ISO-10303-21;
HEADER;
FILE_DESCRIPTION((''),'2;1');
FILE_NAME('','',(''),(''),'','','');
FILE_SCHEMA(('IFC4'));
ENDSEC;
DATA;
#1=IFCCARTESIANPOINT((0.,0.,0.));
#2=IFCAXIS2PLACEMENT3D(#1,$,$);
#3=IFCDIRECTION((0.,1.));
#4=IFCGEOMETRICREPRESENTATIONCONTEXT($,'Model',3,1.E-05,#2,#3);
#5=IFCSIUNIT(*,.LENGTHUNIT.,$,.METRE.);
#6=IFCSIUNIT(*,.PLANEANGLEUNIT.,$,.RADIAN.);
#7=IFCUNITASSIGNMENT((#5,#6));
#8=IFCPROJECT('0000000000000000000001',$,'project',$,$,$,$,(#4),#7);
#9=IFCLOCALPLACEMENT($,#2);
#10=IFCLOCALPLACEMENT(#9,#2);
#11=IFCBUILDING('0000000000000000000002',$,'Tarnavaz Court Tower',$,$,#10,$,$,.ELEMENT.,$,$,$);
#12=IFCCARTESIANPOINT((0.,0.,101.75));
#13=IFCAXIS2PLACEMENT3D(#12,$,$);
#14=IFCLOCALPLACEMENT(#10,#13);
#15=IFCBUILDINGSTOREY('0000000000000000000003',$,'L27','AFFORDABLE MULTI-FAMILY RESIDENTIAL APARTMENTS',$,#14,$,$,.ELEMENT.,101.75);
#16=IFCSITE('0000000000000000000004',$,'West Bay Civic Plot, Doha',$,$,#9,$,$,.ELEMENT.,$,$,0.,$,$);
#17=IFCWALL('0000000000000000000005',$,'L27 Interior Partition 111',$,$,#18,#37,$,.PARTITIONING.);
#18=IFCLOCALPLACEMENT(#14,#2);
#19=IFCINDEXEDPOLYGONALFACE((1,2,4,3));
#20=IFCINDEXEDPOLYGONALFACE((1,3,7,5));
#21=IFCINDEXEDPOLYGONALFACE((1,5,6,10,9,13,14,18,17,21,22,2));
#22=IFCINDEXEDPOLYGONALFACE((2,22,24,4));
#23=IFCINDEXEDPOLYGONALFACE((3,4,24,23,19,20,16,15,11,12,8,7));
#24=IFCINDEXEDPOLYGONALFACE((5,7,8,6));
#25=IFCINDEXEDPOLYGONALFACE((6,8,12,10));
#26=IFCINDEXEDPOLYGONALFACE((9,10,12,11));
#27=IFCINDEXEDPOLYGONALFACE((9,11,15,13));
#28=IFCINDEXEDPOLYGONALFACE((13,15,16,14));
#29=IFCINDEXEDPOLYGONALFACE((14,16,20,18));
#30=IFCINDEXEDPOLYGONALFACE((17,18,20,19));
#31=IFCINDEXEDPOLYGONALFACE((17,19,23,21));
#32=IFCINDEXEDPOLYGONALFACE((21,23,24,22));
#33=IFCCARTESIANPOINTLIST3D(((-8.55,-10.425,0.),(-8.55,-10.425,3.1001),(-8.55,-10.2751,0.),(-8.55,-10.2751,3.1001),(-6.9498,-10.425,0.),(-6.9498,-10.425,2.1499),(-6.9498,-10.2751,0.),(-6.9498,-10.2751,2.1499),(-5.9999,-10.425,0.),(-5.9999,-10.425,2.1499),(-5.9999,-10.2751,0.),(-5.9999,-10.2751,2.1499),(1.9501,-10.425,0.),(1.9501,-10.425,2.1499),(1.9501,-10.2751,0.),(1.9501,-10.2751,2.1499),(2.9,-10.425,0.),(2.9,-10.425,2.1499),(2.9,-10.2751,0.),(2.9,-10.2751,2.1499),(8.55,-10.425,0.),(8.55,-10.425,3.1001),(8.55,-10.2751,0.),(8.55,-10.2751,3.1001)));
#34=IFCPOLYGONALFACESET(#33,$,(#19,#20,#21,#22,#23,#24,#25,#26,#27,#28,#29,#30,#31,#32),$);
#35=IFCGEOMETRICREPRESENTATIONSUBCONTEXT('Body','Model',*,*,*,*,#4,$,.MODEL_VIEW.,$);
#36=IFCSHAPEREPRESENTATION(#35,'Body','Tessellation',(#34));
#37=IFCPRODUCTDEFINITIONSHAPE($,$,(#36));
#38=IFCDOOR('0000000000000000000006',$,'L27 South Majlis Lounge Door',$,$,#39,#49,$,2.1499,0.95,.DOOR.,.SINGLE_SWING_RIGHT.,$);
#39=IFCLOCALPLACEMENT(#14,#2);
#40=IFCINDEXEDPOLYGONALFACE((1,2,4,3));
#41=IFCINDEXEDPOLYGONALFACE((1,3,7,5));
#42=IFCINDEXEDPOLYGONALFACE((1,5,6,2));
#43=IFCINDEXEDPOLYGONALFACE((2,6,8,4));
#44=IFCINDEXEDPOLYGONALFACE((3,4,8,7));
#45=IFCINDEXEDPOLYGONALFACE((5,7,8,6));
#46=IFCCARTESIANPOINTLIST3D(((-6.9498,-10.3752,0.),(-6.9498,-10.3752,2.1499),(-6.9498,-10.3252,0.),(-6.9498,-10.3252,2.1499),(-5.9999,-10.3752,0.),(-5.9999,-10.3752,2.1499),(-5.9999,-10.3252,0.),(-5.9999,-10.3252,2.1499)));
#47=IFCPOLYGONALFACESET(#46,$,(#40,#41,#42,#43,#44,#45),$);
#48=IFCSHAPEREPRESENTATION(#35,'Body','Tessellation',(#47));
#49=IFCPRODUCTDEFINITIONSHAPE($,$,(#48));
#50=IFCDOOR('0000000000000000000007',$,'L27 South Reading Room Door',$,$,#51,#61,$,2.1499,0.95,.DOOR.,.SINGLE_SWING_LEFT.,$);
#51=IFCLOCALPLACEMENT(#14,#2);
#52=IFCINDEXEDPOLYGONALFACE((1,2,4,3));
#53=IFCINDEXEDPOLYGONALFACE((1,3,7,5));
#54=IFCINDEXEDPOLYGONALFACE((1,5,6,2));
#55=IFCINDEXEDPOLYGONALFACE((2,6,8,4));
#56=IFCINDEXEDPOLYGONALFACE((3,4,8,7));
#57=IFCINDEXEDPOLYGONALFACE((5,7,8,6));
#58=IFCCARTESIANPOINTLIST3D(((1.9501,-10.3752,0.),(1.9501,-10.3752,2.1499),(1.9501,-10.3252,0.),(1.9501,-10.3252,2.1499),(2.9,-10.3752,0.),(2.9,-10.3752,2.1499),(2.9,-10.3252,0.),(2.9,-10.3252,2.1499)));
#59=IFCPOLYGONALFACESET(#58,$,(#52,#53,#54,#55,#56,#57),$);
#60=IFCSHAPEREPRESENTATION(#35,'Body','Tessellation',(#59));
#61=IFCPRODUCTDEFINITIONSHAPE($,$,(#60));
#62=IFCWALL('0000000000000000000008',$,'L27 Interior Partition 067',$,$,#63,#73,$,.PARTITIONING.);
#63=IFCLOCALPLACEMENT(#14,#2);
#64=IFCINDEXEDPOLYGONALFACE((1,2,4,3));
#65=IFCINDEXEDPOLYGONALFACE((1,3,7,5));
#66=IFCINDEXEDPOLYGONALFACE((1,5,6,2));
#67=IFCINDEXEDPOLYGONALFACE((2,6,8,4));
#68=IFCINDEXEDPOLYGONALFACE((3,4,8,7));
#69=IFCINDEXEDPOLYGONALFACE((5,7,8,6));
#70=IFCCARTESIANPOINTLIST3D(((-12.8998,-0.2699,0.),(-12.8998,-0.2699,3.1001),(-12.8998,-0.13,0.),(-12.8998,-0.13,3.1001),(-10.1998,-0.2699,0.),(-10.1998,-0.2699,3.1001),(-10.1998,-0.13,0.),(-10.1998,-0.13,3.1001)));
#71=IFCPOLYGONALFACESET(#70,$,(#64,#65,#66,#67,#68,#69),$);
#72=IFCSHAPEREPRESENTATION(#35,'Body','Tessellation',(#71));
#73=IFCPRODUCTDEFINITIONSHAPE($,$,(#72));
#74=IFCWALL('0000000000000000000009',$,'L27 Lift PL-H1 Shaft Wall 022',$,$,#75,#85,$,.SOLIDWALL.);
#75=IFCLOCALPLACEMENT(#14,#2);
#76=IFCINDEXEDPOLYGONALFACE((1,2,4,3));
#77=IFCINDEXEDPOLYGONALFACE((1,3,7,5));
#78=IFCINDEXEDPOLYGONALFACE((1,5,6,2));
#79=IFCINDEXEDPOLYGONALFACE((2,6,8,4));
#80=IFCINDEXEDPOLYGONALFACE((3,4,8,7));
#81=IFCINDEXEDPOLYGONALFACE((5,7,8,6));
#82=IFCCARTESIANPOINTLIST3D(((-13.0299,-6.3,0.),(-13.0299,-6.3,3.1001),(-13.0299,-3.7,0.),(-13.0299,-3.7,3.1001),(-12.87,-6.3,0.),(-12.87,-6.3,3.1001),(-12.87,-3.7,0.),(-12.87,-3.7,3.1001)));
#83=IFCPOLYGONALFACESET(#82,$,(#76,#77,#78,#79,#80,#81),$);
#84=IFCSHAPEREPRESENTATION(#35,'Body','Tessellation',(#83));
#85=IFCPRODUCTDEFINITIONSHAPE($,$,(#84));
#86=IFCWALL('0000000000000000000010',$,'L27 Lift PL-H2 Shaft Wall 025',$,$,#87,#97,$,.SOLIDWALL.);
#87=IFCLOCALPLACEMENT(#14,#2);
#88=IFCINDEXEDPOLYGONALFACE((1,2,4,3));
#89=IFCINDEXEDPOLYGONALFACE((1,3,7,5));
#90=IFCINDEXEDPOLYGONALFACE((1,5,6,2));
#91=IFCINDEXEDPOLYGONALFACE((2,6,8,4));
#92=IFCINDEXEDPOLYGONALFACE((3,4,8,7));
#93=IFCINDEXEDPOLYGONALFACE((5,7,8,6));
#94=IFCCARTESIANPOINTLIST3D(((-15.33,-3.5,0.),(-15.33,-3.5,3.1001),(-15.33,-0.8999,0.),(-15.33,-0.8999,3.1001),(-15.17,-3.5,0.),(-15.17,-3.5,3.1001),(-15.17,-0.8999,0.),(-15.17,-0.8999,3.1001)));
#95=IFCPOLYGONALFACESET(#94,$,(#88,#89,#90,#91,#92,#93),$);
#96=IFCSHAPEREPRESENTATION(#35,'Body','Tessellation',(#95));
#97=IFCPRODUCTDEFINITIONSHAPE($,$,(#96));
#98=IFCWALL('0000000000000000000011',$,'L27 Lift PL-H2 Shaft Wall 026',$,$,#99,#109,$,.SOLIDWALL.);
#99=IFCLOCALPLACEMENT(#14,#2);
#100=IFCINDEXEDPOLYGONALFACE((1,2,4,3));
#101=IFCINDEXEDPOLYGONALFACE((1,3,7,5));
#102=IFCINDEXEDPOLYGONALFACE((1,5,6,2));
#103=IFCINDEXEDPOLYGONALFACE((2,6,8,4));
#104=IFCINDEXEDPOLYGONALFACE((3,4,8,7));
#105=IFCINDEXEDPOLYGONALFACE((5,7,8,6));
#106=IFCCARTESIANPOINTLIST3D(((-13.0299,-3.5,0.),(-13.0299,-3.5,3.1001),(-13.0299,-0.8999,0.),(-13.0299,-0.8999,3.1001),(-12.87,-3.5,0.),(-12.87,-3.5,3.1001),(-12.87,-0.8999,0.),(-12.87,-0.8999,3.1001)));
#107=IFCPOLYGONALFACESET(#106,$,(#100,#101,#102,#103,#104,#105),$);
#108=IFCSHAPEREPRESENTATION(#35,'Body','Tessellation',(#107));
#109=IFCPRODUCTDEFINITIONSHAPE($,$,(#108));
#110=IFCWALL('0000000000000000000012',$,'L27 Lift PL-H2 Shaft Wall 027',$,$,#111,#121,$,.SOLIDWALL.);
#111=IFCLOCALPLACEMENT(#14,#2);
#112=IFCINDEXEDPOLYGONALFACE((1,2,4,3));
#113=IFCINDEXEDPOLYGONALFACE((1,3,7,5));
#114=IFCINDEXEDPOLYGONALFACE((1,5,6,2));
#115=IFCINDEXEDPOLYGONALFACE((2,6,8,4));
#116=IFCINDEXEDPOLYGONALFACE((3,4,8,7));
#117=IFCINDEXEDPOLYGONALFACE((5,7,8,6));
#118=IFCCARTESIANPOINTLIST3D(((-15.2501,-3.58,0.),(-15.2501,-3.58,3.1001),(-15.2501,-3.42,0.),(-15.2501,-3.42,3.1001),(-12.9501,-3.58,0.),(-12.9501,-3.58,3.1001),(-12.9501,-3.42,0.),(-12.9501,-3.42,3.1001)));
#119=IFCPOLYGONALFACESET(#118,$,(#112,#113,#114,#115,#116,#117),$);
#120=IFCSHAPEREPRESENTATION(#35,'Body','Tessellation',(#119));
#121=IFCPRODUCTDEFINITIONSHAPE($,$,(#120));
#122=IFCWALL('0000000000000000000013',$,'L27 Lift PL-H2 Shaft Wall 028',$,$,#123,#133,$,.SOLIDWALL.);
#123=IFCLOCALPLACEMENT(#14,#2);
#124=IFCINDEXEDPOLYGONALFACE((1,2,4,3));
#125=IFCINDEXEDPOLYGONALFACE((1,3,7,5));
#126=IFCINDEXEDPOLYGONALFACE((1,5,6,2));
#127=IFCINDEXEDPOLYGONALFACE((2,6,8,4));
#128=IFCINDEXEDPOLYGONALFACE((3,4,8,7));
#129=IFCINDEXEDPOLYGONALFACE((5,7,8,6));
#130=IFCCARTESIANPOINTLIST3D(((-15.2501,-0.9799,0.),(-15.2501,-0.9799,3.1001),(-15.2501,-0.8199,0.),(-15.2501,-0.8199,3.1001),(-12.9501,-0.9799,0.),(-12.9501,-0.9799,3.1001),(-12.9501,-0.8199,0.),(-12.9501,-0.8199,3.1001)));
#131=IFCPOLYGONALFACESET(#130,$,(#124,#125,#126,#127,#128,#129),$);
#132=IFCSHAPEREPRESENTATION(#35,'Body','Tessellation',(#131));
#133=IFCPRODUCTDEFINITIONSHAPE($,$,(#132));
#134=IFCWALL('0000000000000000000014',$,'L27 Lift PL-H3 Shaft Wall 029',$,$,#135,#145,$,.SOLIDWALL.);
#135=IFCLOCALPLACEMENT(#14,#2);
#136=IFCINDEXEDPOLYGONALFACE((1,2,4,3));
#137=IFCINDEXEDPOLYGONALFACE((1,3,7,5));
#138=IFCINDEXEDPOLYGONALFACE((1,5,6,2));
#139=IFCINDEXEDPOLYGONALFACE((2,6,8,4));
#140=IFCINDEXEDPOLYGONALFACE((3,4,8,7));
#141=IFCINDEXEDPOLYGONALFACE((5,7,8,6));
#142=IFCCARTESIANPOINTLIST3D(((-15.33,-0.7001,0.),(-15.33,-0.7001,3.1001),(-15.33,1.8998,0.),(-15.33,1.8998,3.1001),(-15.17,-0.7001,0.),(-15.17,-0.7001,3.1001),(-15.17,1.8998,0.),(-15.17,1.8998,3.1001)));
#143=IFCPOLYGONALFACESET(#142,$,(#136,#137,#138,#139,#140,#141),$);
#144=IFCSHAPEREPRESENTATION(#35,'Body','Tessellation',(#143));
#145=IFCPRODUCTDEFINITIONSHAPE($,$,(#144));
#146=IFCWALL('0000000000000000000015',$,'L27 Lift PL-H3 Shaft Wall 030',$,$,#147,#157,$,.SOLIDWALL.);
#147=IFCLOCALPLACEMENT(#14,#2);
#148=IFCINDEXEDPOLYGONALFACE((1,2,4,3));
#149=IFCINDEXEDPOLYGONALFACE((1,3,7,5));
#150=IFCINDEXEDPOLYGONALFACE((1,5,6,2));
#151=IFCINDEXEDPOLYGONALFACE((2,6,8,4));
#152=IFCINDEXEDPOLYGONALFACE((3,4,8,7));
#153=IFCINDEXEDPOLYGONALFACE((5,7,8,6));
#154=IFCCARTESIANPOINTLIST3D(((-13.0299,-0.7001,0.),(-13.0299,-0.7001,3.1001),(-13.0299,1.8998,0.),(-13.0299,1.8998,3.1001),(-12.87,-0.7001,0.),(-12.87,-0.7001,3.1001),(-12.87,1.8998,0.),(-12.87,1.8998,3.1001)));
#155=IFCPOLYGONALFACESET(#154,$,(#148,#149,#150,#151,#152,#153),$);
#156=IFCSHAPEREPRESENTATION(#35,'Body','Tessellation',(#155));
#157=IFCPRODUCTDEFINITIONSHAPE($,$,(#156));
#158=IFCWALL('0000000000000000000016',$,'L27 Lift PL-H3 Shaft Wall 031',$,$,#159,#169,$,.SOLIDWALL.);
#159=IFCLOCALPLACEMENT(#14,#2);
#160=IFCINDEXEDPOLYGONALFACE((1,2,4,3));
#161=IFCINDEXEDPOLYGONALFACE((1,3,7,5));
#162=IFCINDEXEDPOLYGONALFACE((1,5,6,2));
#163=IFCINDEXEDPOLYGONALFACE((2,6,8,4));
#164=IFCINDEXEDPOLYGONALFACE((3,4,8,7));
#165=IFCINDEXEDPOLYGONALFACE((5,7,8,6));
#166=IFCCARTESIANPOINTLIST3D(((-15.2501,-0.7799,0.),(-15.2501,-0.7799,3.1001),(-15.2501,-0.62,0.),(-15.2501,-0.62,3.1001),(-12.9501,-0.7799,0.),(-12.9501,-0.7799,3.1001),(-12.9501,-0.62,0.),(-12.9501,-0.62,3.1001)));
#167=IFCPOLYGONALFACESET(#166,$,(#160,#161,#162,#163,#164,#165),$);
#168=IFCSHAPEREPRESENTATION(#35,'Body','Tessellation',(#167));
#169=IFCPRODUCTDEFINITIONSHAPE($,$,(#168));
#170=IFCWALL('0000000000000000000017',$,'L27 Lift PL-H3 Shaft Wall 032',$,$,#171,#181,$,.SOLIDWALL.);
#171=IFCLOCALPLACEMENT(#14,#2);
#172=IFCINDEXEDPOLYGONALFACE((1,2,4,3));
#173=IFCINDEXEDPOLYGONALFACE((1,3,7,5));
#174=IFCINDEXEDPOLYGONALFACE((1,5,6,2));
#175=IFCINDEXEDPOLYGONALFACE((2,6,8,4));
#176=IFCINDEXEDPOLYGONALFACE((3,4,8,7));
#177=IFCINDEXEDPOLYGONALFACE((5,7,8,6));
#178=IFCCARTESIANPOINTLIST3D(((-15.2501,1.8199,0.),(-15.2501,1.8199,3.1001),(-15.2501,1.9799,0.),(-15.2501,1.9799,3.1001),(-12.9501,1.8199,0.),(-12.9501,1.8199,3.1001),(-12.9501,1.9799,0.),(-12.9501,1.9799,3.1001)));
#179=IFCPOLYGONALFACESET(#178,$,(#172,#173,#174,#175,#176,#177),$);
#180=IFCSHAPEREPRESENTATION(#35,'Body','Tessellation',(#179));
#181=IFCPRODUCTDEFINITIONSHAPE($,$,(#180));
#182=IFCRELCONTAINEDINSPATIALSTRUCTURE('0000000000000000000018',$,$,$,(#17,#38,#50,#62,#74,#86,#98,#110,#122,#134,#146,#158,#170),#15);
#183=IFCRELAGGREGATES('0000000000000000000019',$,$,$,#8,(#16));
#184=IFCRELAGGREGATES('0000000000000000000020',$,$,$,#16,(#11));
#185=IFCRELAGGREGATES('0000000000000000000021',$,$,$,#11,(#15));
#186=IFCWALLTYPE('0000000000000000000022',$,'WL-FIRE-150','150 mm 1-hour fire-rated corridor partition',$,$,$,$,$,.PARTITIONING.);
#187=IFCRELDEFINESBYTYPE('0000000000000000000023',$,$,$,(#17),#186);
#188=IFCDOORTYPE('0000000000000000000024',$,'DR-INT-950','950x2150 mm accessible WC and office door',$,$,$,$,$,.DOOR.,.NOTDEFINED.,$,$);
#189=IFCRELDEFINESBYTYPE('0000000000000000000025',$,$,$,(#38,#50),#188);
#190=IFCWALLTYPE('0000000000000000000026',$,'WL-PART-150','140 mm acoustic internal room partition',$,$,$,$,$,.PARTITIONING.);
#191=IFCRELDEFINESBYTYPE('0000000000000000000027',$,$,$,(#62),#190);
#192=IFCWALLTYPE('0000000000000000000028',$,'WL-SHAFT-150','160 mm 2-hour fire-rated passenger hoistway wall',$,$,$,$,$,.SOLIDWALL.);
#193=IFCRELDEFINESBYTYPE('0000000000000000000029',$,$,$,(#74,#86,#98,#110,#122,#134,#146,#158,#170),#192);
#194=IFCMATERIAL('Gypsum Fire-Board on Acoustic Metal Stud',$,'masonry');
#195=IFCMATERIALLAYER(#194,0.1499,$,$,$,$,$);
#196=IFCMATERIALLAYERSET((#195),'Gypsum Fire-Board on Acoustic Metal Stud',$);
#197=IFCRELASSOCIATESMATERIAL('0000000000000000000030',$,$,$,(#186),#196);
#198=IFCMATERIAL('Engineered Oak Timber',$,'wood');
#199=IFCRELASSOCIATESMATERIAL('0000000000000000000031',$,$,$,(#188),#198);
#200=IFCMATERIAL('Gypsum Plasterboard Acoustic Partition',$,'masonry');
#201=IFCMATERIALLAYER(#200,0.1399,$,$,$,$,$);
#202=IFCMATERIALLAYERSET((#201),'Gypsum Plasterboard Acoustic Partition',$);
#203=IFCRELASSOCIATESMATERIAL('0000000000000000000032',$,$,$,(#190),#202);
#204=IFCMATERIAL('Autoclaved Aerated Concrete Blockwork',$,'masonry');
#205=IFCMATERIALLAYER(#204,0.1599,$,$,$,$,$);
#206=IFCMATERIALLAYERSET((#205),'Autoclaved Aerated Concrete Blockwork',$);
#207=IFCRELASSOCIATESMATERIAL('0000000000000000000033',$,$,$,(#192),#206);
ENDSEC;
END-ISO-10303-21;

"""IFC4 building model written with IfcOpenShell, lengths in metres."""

from ifc_helpers import new_model, si_unit, direction, frame, frame_2d, origin, place, context, subcontext, project, spatial, rectangle, extrude, material, layer, layer_set, type_object, element, fill, save


model = new_model("IFC4")

# Units and contexts
model_context = context("Model", 3, precision=1e-05, world=origin(), true_north=direction((0.0, 1.0)))
body_context = subcontext(model_context, "Body", "Model", "MODEL_VIEW")
ifc_project = project(units=[si_unit("LENGTHUNIT", "METRE"), si_unit("PLANEANGLEUNIT", "RADIAN")], contexts=[model_context])

# Site, building, storey
site_placement = place(None, origin())
site = spatial("IfcSite", under=ifc_project, at=site_placement, Name="West Bay Civic Plot, Doha", CompositionType="ELEMENT", RefElevation=0.0)
building_placement = place(site_placement, origin())
building = spatial("IfcBuilding", under=site, at=building_placement, Name="Tarnavaz Court Tower", CompositionType="ELEMENT")
storey_placement = place(building_placement, frame((0.0, 0.0, 101.75)))
storey = spatial("IfcBuildingStorey", under=building, at=storey_placement, Name="L27", Description="AFFORDABLE MULTI-FAMILY RESIDENTIAL APARTMENTS", CompositionType="ELEMENT", Elevation=101.75)

# Wall, openings, doors
ifc_material_1 = material(Name="Gypsum Fire-Board on Acoustic Metal Stud", Category="masonry")
ifc_layer_1 = layer(ifc_material_1, 0.1499)
ifc_layer_set_1 = layer_set([ifc_layer_1], Name="Gypsum Fire-Board on Acoustic Metal Stud")
wall_type_1 = type_object("IfcWallType", Name="WL-FIRE-150", Description="150 mm 1-hour fire-rated corridor partition", PredefinedType="PARTITIONING", material=ifc_layer_set_1)
wall_1_placement = place(storey_placement, frame((-8.55, -10.3501, 0.0), z_axis=(0.0, 0.0, 1.0), x_axis=(1.0, 0.0, 0.0)))
wall_1 = element("IfcWall", 1, at=wall_1_placement, inside=storey, type_object=wall_type_1, Name="L27 Interior Partition 111", PredefinedType="PARTITIONING", context=body_context, shape_type="SweptSolid", body=[
    extrude(rectangle(XDim=17.1001, YDim=0.1499, at=frame_2d((8.55, 0.0))), origin(), (0.0, 0.0, 1.0), 3.1001),
])
opening_1_placement = place(wall_1_placement, frame((1.6001, 0.0, 0.0)))
opening_1 = element("IfcOpeningElement", 2, at=opening_1_placement, cuts=wall_1, PredefinedType="OPENING", context=body_context, shape_type="SweptSolid", body=[
    extrude(rectangle(XDim=0.95, YDim=2.1499, at=frame_2d((0.4751, 1.075))), frame((0.0, 0.085, 0.0), z_axis=(0.0, -1.0, 0.0), x_axis=(1.0, 0.0, 0.0)), (0.0, 0.0, 1.0), 0.1699),
])
opening_2_placement = place(wall_1_placement, frame((10.5, 0.0, 0.0)))
opening_2 = element("IfcOpeningElement", 3, at=opening_2_placement, cuts=wall_1, PredefinedType="OPENING", context=body_context, shape_type="SweptSolid", body=[
    extrude(rectangle(XDim=0.95, YDim=2.1499, at=frame_2d((0.4751, 1.075))), frame((0.0, 0.085, 0.0), z_axis=(0.0, -1.0, 0.0), x_axis=(1.0, 0.0, 0.0)), (0.0, 0.0, 1.0), 0.1699),
])
ifc_material_2 = material(Name="Engineered Oak Timber", Category="wood")
door_type_1 = type_object("IfcDoorType", Name="DR-INT-950", Description="950x2150 mm accessible WC and office door", OperationType="NOTDEFINED", PredefinedType="DOOR", material=ifc_material_2)
door_1_placement = place(opening_1_placement, origin())
door_1 = element("IfcDoor", 4, at=door_1_placement, inside=storey, type_object=door_type_1, Name="L27 South Majlis Lounge Door", OperationType="SINGLE_SWING_RIGHT", OverallHeight=2.1499, OverallWidth=0.95, PredefinedType="DOOR", context=body_context, shape_type="SweptSolid", body=[
    extrude(rectangle(XDim=0.95, YDim=2.1499, at=frame_2d((0.4751, 1.075))), frame((0.0, 0.0249, 0.0), z_axis=(0.0, -1.0, 0.0), x_axis=(1.0, 0.0, 0.0)), (0.0, 0.0, 1.0), 0.05),
])
fill(opening_1, door_1)
door_2_placement = place(opening_2_placement, origin())
door_2 = element("IfcDoor", 5, at=door_2_placement, inside=storey, type_object=door_type_1, Name="L27 South Reading Room Door", OperationType="SINGLE_SWING_LEFT", OverallHeight=2.1499, OverallWidth=0.95, PredefinedType="DOOR", context=body_context, shape_type="SweptSolid", body=[
    extrude(rectangle(XDim=0.95, YDim=2.1499, at=frame_2d((0.4751, 1.075))), frame((0.0, 0.0249, 0.0), z_axis=(0.0, -1.0, 0.0), x_axis=(1.0, 0.0, 0.0)), (0.0, 0.0, 1.0), 0.05),
])
fill(opening_2, door_2)
ifc_material_3 = material(Name="Gypsum Plasterboard Acoustic Partition", Category="masonry")
ifc_layer_2 = layer(ifc_material_3, 0.1399)
ifc_layer_set_2 = layer_set([ifc_layer_2], Name="Gypsum Plasterboard Acoustic Partition")
wall_type_2 = type_object("IfcWallType", Name="WL-PART-150", Description="140 mm acoustic internal room partition", PredefinedType="PARTITIONING", material=ifc_layer_set_2)

# Walls
wall_2_placement = place(storey_placement, frame((-12.8999, -0.2, 0.0), z_axis=(0.0, 0.0, 1.0), x_axis=(1.0, 0.0, 0.0)))
element("IfcWall", 6, at=wall_2_placement, inside=storey, type_object=wall_type_2, Name="L27 Interior Partition 067", PredefinedType="PARTITIONING", context=body_context, shape_type="SweptSolid", body=[
    extrude(rectangle(XDim=2.7, YDim=0.1399, at=frame_2d((1.3501, 0.0))), origin(), (0.0, 0.0, 1.0), 3.1001),
])
ifc_material_4 = material(Name="Autoclaved Aerated Concrete Blockwork", Category="masonry")
ifc_layer_3 = layer(ifc_material_4, 0.1599)
ifc_layer_set_3 = layer_set([ifc_layer_3], Name="Autoclaved Aerated Concrete Blockwork")
wall_type_3 = type_object("IfcWallType", Name="WL-SHAFT-150", Description="160 mm 2-hour fire-rated passenger hoistway wall", PredefinedType="SOLIDWALL", material=ifc_layer_set_3)
for number, where, z_axis, x_axis, name in (
    (7, (-12.95, -6.3, 0.0), (0.0, 0.0, 1.0), (0.0, 1.0, 0.0), "L27 Lift PL-H1 Shaft Wall 022"),
    (8, (-15.25, -3.5, 0.0), (0.0, 0.0, 1.0), (0.0, 1.0, 0.0), "L27 Lift PL-H2 Shaft Wall 025"),
    (9, (-12.95, -3.5, 0.0), (0.0, 0.0, 1.0), (0.0, 1.0, 0.0), "L27 Lift PL-H2 Shaft Wall 026"),
):
    element("IfcWall", number, at=place(storey_placement, frame(where, z_axis=z_axis, x_axis=x_axis)), inside=storey, type_object=wall_type_3, Name=name, PredefinedType="SOLIDWALL", context=body_context, shape_type="SweptSolid", body=[
        extrude(rectangle(XDim=2.6001, YDim=0.1599, at=frame_2d((1.3, 0.0))), origin(), (0.0, 0.0, 1.0), 3.1001),
    ])
for number, where, z_axis, x_axis, name in (
    (10, (-15.25, -3.5, 0.0), (0.0, 0.0, 1.0), (1.0, 0.0, 0.0), "L27 Lift PL-H2 Shaft Wall 027"),
    (11, (-15.25, -0.8999, 0.0), (0.0, 0.0, 1.0), (1.0, 0.0, 0.0), "L27 Lift PL-H2 Shaft Wall 028"),
):
    element("IfcWall", number, at=place(storey_placement, frame(where, z_axis=z_axis, x_axis=x_axis)), inside=storey, type_object=wall_type_3, Name=name, PredefinedType="SOLIDWALL", context=body_context, shape_type="SweptSolid", body=[
        extrude(rectangle(XDim=2.3, YDim=0.1599, at=frame_2d((1.1499, 0.0))), origin(), (0.0, 0.0, 1.0), 3.1001),
    ])
for number, where, z_axis, x_axis, name in (
    (12, (-15.25, -0.7, 0.0), (0.0, 0.0, 1.0), (0.0, 1.0, 0.0), "L27 Lift PL-H3 Shaft Wall 029"),
    (13, (-12.95, -0.7, 0.0), (0.0, 0.0, 1.0), (0.0, 1.0, 0.0), "L27 Lift PL-H3 Shaft Wall 030"),
):
    element("IfcWall", number, at=place(storey_placement, frame(where, z_axis=z_axis, x_axis=x_axis)), inside=storey, type_object=wall_type_3, Name=name, PredefinedType="SOLIDWALL", context=body_context, shape_type="SweptSolid", body=[
        extrude(rectangle(XDim=2.5999, YDim=0.1599, at=frame_2d((1.2998, 0.0))), origin(), (0.0, 0.0, 1.0), 3.1001),
    ])
for number, where, z_axis, x_axis, name in (
    (14, (-15.25, -0.7, 0.0), (0.0, 0.0, 1.0), (1.0, 0.0, 0.0), "L27 Lift PL-H3 Shaft Wall 031"),
    (15, (-15.25, 1.8999, 0.0), (0.0, 0.0, 1.0), (1.0, 0.0, 0.0), "L27 Lift PL-H3 Shaft Wall 032"),
):
    element("IfcWall", number, at=place(storey_placement, frame(where, z_axis=z_axis, x_axis=x_axis)), inside=storey, type_object=wall_type_3, Name=name, PredefinedType="SOLIDWALL", context=body_context, shape_type="SweptSolid", body=[
        extrude(rectangle(XDim=2.3, YDim=0.1599, at=frame_2d((1.1499, 0.0))), origin(), (0.0, 0.0, 1.0), 3.1001),
    ])

save(model, "model.ifc")
